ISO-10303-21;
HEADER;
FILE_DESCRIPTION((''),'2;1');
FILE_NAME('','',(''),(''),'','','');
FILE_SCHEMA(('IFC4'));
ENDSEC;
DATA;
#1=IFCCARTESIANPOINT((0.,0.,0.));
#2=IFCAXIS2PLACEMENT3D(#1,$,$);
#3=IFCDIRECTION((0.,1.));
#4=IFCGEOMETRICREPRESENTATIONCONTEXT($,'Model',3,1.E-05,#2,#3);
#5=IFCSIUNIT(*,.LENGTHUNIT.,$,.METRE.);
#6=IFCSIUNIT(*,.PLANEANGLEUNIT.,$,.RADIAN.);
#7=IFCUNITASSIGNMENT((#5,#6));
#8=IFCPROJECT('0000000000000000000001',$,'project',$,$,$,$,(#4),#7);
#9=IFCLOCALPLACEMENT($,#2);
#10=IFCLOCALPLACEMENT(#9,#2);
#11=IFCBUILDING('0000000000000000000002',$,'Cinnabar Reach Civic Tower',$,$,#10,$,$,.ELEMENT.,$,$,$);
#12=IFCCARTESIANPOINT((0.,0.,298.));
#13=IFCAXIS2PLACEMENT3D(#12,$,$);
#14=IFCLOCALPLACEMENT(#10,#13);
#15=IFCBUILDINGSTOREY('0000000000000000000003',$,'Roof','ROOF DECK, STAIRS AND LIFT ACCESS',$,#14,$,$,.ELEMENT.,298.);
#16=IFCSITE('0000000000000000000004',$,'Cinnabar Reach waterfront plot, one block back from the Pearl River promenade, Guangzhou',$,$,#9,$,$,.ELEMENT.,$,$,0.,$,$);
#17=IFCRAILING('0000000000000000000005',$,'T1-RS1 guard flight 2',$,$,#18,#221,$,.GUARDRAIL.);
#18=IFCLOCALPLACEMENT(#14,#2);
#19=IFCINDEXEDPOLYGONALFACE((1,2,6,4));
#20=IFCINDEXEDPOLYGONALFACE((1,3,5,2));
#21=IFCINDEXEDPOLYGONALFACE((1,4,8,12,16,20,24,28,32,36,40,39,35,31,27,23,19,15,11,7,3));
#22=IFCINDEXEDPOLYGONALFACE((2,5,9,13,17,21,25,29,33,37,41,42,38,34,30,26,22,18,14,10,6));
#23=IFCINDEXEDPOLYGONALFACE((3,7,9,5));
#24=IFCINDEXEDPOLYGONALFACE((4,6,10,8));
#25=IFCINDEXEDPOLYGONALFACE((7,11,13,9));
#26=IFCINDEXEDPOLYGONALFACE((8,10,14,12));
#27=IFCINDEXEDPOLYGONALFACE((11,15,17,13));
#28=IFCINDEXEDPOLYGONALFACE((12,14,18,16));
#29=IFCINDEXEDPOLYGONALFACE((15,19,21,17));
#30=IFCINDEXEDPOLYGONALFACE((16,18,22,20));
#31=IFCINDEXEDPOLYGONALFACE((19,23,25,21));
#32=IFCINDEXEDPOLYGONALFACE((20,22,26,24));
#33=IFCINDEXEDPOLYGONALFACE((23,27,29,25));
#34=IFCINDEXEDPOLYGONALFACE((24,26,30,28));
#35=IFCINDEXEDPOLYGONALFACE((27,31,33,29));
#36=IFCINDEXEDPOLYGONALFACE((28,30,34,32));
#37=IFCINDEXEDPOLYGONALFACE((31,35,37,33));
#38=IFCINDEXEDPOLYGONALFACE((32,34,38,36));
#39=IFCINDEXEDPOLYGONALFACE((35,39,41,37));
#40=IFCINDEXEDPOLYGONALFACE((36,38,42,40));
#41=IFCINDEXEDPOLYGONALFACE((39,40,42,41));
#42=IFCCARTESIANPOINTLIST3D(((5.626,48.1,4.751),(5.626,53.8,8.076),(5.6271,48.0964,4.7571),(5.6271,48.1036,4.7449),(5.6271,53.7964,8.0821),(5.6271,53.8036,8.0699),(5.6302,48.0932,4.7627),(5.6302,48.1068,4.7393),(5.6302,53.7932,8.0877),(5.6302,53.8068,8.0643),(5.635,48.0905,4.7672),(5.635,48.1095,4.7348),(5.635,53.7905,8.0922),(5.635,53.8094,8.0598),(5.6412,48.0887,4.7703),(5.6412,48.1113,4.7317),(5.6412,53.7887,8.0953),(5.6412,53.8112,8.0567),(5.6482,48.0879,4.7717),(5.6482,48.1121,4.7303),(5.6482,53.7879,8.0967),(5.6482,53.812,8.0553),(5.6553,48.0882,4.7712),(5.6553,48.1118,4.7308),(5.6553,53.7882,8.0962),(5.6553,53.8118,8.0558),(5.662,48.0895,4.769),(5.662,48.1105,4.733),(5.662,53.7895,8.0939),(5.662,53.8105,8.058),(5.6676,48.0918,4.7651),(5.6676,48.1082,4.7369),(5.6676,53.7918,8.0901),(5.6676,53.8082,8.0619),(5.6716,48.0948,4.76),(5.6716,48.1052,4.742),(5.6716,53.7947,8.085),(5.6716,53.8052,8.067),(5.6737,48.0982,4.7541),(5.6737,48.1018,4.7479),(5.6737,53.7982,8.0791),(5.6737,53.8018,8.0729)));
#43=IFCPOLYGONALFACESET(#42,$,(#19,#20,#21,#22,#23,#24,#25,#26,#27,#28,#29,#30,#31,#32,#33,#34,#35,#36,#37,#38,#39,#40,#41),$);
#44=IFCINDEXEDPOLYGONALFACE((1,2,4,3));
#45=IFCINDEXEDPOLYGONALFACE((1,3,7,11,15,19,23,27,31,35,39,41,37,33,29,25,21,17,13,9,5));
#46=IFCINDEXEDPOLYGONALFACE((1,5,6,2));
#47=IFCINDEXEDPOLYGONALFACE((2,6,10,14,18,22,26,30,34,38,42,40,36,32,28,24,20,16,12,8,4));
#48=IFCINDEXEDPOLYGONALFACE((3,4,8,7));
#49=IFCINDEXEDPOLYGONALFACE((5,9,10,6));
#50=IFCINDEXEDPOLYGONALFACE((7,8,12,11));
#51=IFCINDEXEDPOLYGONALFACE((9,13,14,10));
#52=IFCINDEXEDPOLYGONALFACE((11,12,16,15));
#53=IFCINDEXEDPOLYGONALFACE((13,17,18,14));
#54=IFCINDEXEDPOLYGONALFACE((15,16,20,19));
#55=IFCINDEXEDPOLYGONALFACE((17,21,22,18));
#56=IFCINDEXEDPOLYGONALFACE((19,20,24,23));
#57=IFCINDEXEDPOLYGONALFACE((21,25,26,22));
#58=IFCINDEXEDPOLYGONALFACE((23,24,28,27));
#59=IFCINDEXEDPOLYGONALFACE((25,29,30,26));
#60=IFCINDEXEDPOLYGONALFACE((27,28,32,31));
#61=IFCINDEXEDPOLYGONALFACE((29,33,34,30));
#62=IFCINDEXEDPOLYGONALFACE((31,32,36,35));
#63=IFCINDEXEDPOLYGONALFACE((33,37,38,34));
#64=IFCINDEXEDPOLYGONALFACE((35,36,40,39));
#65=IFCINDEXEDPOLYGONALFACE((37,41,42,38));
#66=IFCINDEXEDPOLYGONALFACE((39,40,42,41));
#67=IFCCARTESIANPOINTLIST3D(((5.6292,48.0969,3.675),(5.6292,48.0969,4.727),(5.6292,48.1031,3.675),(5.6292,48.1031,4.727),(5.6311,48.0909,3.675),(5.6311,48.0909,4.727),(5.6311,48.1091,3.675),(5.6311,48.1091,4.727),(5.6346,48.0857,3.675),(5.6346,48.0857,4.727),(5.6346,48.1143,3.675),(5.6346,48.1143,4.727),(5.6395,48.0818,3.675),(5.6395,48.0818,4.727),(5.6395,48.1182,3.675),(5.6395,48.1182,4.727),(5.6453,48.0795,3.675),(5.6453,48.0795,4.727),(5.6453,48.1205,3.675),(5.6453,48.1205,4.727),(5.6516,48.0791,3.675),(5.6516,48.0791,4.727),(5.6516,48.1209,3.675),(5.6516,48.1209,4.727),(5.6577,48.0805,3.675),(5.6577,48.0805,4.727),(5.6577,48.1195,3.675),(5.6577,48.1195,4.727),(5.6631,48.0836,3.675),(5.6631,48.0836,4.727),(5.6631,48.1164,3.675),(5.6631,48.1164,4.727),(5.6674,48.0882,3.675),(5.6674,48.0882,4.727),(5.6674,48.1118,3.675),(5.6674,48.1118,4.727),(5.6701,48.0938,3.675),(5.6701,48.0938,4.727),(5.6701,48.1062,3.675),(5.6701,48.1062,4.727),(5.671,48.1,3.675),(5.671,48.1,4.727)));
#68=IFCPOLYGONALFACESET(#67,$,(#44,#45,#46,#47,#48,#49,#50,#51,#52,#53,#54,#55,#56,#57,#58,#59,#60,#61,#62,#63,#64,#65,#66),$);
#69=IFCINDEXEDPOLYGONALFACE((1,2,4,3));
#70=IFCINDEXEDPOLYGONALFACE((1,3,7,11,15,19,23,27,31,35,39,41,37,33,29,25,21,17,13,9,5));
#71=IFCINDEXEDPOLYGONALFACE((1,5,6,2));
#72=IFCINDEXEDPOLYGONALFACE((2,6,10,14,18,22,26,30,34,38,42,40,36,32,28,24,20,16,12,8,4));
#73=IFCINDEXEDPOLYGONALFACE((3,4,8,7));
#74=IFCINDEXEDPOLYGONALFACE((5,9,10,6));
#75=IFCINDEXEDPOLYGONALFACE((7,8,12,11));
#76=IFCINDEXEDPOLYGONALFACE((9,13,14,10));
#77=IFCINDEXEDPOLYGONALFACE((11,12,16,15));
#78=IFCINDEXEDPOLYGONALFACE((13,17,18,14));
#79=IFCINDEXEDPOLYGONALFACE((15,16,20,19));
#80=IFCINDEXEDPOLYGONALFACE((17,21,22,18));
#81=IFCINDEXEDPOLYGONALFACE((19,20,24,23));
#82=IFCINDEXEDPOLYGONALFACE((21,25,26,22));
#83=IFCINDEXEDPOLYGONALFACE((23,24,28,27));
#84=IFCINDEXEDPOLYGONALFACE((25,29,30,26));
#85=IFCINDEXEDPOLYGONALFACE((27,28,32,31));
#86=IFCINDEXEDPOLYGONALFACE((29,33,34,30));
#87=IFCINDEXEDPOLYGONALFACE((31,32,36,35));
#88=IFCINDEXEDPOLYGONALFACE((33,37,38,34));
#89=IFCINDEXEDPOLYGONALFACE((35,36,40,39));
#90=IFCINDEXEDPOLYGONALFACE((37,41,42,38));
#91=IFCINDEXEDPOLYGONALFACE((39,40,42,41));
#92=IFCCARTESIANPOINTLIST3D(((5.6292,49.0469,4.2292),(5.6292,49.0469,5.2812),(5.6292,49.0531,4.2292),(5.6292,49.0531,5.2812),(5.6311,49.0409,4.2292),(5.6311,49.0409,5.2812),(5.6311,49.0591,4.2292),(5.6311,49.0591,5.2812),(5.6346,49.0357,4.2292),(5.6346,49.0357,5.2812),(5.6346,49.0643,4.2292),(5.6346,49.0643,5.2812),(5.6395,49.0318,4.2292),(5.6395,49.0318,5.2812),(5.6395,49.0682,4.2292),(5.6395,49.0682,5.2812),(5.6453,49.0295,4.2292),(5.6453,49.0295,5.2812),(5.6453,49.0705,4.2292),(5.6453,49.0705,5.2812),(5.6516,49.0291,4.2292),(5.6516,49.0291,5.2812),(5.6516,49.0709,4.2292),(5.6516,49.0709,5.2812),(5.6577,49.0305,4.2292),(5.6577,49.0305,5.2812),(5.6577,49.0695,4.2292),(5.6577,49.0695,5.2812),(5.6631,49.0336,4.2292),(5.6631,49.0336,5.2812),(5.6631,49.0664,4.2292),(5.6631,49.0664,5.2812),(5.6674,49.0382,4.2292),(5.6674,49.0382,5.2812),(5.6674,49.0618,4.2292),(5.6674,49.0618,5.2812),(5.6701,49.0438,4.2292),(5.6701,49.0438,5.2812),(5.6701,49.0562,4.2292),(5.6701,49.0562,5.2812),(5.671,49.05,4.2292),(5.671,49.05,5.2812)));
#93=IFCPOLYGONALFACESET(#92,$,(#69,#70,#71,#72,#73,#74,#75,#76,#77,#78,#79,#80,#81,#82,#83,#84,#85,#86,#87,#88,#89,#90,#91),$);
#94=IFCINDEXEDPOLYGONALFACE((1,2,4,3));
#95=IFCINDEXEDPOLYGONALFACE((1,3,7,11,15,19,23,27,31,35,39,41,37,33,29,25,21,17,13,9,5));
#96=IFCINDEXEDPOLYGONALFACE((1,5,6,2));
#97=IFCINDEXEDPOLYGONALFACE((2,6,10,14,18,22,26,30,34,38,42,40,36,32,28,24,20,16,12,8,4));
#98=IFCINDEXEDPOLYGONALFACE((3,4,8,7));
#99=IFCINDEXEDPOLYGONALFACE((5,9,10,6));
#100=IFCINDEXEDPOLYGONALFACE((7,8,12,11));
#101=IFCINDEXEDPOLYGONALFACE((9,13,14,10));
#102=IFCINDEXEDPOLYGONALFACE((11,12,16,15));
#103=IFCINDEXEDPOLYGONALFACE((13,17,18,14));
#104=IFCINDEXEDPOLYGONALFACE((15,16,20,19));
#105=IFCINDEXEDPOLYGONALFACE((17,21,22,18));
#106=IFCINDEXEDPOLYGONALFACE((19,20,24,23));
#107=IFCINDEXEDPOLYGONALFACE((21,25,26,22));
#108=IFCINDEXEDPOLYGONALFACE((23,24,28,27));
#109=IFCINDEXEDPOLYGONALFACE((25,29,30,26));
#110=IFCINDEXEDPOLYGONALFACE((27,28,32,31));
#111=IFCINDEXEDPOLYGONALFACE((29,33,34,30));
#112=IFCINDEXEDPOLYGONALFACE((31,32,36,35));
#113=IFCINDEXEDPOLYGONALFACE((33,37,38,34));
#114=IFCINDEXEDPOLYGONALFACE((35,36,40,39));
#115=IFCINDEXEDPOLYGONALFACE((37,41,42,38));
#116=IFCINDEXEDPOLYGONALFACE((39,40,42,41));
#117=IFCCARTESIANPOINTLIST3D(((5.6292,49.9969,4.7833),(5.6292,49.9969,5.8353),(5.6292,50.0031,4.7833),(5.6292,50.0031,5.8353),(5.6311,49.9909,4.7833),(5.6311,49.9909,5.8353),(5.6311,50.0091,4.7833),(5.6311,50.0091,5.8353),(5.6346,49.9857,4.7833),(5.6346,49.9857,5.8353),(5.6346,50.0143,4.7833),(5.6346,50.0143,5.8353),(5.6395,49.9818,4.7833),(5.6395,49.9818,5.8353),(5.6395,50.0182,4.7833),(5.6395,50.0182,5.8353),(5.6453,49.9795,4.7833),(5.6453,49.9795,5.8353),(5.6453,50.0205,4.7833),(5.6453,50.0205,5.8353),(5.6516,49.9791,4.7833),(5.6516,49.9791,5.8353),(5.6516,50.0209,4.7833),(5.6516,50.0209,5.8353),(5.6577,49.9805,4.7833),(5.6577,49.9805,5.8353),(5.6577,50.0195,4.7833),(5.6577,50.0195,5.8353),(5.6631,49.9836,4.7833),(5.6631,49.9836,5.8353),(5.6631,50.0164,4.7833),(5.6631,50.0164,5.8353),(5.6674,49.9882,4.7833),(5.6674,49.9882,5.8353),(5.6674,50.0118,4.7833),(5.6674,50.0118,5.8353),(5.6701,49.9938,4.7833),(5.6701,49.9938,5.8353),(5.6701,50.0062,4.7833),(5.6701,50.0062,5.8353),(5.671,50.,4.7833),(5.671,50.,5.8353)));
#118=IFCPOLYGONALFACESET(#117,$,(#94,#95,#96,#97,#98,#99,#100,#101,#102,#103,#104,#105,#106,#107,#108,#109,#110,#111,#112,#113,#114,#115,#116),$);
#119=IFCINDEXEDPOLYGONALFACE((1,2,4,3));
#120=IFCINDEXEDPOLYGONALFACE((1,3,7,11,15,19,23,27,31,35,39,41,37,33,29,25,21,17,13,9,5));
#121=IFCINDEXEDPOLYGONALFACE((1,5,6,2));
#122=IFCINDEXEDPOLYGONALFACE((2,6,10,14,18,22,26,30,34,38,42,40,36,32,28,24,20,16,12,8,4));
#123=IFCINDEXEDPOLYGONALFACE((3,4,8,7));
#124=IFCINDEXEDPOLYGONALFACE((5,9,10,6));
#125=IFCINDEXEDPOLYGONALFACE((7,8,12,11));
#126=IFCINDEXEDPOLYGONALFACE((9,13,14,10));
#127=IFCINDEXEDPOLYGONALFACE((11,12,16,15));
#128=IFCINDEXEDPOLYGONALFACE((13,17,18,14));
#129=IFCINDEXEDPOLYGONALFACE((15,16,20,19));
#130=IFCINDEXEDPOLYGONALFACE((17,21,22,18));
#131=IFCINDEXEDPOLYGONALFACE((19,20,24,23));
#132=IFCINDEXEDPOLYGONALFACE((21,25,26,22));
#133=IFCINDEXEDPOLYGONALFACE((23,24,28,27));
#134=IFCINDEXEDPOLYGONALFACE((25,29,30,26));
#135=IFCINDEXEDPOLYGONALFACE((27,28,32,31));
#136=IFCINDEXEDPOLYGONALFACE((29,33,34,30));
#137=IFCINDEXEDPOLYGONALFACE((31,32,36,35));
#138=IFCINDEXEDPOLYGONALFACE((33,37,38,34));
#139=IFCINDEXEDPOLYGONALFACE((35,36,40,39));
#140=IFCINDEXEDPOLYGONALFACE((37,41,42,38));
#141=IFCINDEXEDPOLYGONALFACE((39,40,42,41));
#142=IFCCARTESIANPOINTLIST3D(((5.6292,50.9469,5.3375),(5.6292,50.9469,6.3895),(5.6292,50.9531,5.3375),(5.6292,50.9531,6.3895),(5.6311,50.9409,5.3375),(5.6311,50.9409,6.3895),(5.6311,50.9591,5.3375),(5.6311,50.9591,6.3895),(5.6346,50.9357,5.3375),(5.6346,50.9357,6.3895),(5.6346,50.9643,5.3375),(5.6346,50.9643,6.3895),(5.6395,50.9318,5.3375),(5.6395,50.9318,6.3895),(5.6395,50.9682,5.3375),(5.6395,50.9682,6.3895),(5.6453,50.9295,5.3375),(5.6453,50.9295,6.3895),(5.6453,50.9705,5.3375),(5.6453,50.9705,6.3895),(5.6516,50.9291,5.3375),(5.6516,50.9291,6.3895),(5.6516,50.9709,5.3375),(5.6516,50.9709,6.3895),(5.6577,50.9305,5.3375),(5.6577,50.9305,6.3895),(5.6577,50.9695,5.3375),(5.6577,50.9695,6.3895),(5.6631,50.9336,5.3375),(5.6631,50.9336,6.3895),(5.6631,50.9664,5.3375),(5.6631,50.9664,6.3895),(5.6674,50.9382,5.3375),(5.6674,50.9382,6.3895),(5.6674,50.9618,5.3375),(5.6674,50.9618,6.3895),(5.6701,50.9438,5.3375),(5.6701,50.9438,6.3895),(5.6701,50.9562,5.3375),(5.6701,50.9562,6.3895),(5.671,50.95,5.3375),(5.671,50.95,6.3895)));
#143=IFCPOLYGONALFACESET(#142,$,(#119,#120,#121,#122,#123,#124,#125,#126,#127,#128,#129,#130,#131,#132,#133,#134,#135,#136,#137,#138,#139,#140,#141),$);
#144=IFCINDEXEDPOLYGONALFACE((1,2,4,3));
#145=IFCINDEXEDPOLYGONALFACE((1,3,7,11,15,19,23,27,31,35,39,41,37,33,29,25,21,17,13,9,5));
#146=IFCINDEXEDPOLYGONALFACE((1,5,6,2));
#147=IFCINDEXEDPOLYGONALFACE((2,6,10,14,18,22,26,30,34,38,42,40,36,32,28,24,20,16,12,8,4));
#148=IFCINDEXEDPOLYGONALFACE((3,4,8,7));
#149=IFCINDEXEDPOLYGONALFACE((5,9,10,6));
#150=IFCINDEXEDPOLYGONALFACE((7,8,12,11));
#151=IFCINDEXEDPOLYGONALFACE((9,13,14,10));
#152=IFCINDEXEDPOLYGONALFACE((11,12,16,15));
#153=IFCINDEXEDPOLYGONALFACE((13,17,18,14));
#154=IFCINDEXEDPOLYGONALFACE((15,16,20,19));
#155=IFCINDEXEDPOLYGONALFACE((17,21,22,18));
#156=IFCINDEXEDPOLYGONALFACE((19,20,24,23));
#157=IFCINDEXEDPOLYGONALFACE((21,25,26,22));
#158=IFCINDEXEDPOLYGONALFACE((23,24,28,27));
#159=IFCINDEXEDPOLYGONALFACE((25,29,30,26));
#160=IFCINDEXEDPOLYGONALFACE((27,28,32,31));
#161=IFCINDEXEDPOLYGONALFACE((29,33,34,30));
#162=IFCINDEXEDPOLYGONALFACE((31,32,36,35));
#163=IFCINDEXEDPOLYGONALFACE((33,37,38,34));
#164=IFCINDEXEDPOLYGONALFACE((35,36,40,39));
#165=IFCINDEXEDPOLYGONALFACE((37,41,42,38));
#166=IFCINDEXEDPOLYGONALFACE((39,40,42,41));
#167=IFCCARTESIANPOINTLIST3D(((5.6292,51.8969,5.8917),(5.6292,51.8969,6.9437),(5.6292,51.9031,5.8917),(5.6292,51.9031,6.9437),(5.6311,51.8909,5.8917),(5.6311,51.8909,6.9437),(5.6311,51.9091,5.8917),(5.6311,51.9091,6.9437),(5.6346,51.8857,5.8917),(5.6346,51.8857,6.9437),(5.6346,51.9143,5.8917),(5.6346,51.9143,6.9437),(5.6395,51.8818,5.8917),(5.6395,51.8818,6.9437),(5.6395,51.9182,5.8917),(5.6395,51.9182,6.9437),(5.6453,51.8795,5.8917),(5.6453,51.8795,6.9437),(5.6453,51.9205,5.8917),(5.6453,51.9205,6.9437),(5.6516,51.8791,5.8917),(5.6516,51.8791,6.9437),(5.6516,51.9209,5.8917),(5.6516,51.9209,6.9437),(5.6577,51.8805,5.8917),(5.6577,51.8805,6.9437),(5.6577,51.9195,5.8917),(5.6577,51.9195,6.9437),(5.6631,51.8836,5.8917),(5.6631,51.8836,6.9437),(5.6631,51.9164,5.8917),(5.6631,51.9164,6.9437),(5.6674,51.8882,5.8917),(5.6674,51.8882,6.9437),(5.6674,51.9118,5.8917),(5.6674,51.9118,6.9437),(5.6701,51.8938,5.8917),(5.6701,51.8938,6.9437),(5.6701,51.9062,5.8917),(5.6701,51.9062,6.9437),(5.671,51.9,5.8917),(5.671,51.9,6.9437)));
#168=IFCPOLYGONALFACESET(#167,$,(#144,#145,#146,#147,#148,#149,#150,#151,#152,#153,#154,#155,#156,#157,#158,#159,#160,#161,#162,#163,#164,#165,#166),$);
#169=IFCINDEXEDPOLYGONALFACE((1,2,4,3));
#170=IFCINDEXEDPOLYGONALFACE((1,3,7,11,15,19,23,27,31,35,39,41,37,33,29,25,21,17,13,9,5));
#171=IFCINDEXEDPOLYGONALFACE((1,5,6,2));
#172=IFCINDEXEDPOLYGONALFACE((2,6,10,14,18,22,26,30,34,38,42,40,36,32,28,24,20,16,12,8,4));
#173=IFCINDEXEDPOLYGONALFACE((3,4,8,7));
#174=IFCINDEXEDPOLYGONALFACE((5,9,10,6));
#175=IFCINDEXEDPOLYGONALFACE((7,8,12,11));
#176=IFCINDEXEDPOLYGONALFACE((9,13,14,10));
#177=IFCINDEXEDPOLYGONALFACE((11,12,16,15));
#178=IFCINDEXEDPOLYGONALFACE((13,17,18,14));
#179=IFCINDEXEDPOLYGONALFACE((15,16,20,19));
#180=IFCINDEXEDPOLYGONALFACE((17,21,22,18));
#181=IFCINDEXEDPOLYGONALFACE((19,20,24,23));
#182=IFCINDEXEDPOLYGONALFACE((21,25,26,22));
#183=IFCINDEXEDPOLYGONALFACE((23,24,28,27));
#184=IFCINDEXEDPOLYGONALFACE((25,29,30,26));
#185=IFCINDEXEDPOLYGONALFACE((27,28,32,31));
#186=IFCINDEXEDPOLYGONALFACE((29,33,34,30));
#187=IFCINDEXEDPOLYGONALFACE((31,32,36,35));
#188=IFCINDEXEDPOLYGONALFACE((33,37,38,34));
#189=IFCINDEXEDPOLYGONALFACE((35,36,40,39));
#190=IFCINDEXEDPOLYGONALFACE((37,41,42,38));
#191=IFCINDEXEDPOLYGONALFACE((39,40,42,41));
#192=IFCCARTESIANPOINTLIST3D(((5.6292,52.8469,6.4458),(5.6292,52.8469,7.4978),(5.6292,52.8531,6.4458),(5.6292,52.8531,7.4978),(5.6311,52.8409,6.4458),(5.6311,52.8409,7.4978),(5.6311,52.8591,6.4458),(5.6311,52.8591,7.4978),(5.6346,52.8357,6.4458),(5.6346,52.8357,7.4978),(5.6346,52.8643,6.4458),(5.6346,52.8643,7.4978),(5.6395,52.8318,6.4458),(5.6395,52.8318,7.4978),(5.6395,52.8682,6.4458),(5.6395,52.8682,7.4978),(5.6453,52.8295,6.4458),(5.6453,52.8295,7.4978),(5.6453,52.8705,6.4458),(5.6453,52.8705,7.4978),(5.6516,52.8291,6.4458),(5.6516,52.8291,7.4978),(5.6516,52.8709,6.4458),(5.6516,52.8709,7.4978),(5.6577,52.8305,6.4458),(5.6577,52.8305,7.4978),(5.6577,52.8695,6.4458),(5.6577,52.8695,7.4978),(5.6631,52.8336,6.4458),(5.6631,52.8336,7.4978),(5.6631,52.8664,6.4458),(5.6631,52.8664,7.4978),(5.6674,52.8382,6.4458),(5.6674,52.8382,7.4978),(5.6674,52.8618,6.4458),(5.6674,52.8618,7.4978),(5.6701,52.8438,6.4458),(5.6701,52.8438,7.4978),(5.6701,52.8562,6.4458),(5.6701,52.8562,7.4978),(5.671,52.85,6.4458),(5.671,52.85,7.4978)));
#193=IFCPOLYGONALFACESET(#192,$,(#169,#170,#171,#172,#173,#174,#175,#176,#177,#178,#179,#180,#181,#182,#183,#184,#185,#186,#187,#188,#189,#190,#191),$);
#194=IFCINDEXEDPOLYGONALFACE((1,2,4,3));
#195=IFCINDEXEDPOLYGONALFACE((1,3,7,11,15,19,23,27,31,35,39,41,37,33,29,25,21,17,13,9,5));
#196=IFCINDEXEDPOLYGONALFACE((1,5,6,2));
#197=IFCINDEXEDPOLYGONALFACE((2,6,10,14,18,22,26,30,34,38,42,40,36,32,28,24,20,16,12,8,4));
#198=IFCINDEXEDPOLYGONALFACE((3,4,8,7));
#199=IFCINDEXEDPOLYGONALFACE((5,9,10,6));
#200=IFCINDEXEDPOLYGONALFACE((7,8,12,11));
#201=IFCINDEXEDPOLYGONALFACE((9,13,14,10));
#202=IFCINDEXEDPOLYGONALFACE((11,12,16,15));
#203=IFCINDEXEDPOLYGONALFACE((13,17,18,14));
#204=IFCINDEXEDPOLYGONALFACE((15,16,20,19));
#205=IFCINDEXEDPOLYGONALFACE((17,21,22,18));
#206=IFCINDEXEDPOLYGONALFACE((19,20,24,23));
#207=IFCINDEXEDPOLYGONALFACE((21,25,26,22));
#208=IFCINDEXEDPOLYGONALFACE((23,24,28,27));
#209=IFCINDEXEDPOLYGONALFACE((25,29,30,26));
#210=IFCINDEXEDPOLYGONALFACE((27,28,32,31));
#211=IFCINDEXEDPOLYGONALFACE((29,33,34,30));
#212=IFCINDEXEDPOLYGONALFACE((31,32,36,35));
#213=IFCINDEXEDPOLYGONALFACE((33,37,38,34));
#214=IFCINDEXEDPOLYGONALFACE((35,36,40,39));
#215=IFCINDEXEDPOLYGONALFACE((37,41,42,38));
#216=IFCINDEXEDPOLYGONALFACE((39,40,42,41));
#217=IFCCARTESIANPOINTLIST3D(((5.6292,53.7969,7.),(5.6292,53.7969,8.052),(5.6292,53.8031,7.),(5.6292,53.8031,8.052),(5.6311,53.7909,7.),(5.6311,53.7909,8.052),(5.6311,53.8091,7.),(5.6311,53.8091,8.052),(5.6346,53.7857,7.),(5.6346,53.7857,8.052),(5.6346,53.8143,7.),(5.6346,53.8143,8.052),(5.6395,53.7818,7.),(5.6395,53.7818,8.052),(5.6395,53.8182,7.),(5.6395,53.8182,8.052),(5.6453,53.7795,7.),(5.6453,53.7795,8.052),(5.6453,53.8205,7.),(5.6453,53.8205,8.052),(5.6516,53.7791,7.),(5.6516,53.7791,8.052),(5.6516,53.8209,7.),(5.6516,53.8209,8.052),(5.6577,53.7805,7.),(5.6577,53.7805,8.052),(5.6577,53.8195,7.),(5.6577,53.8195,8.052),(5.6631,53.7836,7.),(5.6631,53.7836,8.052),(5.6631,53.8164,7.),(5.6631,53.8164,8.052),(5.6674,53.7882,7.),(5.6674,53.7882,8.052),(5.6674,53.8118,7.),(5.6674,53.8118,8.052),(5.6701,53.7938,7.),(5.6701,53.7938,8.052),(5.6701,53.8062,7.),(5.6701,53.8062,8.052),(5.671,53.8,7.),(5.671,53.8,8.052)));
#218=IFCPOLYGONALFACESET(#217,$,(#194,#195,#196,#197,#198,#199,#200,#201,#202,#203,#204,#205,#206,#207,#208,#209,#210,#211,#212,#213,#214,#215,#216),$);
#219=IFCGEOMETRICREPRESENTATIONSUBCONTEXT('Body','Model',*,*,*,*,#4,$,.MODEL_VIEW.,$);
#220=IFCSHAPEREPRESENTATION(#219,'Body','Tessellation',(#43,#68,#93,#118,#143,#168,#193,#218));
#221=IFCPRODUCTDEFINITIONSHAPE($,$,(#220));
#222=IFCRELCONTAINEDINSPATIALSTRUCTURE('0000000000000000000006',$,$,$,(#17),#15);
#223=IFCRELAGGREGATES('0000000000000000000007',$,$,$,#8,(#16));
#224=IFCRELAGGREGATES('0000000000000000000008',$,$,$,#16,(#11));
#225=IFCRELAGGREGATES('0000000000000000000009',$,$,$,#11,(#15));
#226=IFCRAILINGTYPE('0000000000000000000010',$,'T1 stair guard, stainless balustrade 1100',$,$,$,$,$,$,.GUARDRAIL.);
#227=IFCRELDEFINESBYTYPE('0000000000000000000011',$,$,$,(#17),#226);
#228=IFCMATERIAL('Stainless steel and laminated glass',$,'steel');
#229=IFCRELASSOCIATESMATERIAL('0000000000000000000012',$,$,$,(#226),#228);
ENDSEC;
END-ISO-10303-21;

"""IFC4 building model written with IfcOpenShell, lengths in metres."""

from ifc_helpers import new_model, si_unit, direction, frame, origin, origin_2d, place, context, subcontext, project, spatial, circle, extrude, material, type_object, element, save


model = new_model("IFC4")

# Units and contexts
model_context = context("Model", 3, precision=1e-05, world=origin(), true_north=direction((0.0, 1.0)))
body_context = subcontext(model_context, "Body", "Model", "MODEL_VIEW")
ifc_project = project(units=[si_unit("LENGTHUNIT", "METRE"), si_unit("PLANEANGLEUNIT", "RADIAN")], contexts=[model_context])

# Site, building, storey
site_placement = place(None, origin())
site = spatial("IfcSite", under=ifc_project, at=site_placement, Name="Cinnabar Reach waterfront plot, one block back from the Pearl River promenade, Guangzhou", CompositionType="ELEMENT", RefElevation=0.0)
building_placement = place(site_placement, origin())
building = spatial("IfcBuilding", under=site, at=building_placement, Name="Cinnabar Reach Civic Tower", CompositionType="ELEMENT")
storey_placement = place(building_placement, frame((0.0, 0.0, 298.0)))
storey = spatial("IfcBuildingStorey", under=building, at=storey_placement, Name="Roof", Description="ROOF DECK, STAIRS AND LIFT ACCESS", CompositionType="ELEMENT", Elevation=298.0)

# Shared definitions
ifc_material_1 = material(Name="Stainless steel and laminated glass", Category="steel")
railing_type_1 = type_object("IfcRailingType", Name="T1 stair guard, stainless balustrade 1100", PredefinedType="GUARDRAIL", material=ifc_material_1)

# Railing
railing_1_placement = place(storey_placement, frame((5.65, 48.1, 3.675)))
element("IfcRailing", 1, at=railing_1_placement, inside=storey, type_object=railing_type_1, Name="T1-RS1 guard flight 2", PredefinedType="GUARDRAIL", context=body_context, shape_type="SweptSolid", body=[
    extrude(circle(Radius=0.024, at=origin_2d()), frame((0.0, 0.0, 1.076), z_axis=(0.0, 0.863779, 0.503871), x_axis=(-1.0, 0.0, 0.0)), (0.0, 0.0, 1.0), 6.5989),
    extrude(circle(Radius=0.021, at=origin_2d()), origin(), (0.0, 0.0, 1.0), 1.052),
    extrude(circle(Radius=0.021, at=origin_2d()), frame((0.0, 0.95, 0.5542)), (0.0, 0.0, 1.0), 1.052),
    extrude(circle(Radius=0.021, at=origin_2d()), frame((0.0, 1.9, 1.1083)), (0.0, 0.0, 1.0), 1.052),
    extrude(circle(Radius=0.021, at=origin_2d()), frame((0.0, 2.85, 1.6625)), (0.0, 0.0, 1.0), 1.052),
    extrude(circle(Radius=0.021, at=origin_2d()), frame((0.0, 3.8, 2.2167)), (0.0, 0.0, 1.0), 1.052),
    extrude(circle(Radius=0.021, at=origin_2d()), frame((0.0, 4.75, 2.7708)), (0.0, 0.0, 1.0), 1.052),
    extrude(circle(Radius=0.021, at=origin_2d()), frame((0.0, 5.7, 3.325)), (0.0, 0.0, 1.0), 1.052),
])

save(model, "model.ifc")
